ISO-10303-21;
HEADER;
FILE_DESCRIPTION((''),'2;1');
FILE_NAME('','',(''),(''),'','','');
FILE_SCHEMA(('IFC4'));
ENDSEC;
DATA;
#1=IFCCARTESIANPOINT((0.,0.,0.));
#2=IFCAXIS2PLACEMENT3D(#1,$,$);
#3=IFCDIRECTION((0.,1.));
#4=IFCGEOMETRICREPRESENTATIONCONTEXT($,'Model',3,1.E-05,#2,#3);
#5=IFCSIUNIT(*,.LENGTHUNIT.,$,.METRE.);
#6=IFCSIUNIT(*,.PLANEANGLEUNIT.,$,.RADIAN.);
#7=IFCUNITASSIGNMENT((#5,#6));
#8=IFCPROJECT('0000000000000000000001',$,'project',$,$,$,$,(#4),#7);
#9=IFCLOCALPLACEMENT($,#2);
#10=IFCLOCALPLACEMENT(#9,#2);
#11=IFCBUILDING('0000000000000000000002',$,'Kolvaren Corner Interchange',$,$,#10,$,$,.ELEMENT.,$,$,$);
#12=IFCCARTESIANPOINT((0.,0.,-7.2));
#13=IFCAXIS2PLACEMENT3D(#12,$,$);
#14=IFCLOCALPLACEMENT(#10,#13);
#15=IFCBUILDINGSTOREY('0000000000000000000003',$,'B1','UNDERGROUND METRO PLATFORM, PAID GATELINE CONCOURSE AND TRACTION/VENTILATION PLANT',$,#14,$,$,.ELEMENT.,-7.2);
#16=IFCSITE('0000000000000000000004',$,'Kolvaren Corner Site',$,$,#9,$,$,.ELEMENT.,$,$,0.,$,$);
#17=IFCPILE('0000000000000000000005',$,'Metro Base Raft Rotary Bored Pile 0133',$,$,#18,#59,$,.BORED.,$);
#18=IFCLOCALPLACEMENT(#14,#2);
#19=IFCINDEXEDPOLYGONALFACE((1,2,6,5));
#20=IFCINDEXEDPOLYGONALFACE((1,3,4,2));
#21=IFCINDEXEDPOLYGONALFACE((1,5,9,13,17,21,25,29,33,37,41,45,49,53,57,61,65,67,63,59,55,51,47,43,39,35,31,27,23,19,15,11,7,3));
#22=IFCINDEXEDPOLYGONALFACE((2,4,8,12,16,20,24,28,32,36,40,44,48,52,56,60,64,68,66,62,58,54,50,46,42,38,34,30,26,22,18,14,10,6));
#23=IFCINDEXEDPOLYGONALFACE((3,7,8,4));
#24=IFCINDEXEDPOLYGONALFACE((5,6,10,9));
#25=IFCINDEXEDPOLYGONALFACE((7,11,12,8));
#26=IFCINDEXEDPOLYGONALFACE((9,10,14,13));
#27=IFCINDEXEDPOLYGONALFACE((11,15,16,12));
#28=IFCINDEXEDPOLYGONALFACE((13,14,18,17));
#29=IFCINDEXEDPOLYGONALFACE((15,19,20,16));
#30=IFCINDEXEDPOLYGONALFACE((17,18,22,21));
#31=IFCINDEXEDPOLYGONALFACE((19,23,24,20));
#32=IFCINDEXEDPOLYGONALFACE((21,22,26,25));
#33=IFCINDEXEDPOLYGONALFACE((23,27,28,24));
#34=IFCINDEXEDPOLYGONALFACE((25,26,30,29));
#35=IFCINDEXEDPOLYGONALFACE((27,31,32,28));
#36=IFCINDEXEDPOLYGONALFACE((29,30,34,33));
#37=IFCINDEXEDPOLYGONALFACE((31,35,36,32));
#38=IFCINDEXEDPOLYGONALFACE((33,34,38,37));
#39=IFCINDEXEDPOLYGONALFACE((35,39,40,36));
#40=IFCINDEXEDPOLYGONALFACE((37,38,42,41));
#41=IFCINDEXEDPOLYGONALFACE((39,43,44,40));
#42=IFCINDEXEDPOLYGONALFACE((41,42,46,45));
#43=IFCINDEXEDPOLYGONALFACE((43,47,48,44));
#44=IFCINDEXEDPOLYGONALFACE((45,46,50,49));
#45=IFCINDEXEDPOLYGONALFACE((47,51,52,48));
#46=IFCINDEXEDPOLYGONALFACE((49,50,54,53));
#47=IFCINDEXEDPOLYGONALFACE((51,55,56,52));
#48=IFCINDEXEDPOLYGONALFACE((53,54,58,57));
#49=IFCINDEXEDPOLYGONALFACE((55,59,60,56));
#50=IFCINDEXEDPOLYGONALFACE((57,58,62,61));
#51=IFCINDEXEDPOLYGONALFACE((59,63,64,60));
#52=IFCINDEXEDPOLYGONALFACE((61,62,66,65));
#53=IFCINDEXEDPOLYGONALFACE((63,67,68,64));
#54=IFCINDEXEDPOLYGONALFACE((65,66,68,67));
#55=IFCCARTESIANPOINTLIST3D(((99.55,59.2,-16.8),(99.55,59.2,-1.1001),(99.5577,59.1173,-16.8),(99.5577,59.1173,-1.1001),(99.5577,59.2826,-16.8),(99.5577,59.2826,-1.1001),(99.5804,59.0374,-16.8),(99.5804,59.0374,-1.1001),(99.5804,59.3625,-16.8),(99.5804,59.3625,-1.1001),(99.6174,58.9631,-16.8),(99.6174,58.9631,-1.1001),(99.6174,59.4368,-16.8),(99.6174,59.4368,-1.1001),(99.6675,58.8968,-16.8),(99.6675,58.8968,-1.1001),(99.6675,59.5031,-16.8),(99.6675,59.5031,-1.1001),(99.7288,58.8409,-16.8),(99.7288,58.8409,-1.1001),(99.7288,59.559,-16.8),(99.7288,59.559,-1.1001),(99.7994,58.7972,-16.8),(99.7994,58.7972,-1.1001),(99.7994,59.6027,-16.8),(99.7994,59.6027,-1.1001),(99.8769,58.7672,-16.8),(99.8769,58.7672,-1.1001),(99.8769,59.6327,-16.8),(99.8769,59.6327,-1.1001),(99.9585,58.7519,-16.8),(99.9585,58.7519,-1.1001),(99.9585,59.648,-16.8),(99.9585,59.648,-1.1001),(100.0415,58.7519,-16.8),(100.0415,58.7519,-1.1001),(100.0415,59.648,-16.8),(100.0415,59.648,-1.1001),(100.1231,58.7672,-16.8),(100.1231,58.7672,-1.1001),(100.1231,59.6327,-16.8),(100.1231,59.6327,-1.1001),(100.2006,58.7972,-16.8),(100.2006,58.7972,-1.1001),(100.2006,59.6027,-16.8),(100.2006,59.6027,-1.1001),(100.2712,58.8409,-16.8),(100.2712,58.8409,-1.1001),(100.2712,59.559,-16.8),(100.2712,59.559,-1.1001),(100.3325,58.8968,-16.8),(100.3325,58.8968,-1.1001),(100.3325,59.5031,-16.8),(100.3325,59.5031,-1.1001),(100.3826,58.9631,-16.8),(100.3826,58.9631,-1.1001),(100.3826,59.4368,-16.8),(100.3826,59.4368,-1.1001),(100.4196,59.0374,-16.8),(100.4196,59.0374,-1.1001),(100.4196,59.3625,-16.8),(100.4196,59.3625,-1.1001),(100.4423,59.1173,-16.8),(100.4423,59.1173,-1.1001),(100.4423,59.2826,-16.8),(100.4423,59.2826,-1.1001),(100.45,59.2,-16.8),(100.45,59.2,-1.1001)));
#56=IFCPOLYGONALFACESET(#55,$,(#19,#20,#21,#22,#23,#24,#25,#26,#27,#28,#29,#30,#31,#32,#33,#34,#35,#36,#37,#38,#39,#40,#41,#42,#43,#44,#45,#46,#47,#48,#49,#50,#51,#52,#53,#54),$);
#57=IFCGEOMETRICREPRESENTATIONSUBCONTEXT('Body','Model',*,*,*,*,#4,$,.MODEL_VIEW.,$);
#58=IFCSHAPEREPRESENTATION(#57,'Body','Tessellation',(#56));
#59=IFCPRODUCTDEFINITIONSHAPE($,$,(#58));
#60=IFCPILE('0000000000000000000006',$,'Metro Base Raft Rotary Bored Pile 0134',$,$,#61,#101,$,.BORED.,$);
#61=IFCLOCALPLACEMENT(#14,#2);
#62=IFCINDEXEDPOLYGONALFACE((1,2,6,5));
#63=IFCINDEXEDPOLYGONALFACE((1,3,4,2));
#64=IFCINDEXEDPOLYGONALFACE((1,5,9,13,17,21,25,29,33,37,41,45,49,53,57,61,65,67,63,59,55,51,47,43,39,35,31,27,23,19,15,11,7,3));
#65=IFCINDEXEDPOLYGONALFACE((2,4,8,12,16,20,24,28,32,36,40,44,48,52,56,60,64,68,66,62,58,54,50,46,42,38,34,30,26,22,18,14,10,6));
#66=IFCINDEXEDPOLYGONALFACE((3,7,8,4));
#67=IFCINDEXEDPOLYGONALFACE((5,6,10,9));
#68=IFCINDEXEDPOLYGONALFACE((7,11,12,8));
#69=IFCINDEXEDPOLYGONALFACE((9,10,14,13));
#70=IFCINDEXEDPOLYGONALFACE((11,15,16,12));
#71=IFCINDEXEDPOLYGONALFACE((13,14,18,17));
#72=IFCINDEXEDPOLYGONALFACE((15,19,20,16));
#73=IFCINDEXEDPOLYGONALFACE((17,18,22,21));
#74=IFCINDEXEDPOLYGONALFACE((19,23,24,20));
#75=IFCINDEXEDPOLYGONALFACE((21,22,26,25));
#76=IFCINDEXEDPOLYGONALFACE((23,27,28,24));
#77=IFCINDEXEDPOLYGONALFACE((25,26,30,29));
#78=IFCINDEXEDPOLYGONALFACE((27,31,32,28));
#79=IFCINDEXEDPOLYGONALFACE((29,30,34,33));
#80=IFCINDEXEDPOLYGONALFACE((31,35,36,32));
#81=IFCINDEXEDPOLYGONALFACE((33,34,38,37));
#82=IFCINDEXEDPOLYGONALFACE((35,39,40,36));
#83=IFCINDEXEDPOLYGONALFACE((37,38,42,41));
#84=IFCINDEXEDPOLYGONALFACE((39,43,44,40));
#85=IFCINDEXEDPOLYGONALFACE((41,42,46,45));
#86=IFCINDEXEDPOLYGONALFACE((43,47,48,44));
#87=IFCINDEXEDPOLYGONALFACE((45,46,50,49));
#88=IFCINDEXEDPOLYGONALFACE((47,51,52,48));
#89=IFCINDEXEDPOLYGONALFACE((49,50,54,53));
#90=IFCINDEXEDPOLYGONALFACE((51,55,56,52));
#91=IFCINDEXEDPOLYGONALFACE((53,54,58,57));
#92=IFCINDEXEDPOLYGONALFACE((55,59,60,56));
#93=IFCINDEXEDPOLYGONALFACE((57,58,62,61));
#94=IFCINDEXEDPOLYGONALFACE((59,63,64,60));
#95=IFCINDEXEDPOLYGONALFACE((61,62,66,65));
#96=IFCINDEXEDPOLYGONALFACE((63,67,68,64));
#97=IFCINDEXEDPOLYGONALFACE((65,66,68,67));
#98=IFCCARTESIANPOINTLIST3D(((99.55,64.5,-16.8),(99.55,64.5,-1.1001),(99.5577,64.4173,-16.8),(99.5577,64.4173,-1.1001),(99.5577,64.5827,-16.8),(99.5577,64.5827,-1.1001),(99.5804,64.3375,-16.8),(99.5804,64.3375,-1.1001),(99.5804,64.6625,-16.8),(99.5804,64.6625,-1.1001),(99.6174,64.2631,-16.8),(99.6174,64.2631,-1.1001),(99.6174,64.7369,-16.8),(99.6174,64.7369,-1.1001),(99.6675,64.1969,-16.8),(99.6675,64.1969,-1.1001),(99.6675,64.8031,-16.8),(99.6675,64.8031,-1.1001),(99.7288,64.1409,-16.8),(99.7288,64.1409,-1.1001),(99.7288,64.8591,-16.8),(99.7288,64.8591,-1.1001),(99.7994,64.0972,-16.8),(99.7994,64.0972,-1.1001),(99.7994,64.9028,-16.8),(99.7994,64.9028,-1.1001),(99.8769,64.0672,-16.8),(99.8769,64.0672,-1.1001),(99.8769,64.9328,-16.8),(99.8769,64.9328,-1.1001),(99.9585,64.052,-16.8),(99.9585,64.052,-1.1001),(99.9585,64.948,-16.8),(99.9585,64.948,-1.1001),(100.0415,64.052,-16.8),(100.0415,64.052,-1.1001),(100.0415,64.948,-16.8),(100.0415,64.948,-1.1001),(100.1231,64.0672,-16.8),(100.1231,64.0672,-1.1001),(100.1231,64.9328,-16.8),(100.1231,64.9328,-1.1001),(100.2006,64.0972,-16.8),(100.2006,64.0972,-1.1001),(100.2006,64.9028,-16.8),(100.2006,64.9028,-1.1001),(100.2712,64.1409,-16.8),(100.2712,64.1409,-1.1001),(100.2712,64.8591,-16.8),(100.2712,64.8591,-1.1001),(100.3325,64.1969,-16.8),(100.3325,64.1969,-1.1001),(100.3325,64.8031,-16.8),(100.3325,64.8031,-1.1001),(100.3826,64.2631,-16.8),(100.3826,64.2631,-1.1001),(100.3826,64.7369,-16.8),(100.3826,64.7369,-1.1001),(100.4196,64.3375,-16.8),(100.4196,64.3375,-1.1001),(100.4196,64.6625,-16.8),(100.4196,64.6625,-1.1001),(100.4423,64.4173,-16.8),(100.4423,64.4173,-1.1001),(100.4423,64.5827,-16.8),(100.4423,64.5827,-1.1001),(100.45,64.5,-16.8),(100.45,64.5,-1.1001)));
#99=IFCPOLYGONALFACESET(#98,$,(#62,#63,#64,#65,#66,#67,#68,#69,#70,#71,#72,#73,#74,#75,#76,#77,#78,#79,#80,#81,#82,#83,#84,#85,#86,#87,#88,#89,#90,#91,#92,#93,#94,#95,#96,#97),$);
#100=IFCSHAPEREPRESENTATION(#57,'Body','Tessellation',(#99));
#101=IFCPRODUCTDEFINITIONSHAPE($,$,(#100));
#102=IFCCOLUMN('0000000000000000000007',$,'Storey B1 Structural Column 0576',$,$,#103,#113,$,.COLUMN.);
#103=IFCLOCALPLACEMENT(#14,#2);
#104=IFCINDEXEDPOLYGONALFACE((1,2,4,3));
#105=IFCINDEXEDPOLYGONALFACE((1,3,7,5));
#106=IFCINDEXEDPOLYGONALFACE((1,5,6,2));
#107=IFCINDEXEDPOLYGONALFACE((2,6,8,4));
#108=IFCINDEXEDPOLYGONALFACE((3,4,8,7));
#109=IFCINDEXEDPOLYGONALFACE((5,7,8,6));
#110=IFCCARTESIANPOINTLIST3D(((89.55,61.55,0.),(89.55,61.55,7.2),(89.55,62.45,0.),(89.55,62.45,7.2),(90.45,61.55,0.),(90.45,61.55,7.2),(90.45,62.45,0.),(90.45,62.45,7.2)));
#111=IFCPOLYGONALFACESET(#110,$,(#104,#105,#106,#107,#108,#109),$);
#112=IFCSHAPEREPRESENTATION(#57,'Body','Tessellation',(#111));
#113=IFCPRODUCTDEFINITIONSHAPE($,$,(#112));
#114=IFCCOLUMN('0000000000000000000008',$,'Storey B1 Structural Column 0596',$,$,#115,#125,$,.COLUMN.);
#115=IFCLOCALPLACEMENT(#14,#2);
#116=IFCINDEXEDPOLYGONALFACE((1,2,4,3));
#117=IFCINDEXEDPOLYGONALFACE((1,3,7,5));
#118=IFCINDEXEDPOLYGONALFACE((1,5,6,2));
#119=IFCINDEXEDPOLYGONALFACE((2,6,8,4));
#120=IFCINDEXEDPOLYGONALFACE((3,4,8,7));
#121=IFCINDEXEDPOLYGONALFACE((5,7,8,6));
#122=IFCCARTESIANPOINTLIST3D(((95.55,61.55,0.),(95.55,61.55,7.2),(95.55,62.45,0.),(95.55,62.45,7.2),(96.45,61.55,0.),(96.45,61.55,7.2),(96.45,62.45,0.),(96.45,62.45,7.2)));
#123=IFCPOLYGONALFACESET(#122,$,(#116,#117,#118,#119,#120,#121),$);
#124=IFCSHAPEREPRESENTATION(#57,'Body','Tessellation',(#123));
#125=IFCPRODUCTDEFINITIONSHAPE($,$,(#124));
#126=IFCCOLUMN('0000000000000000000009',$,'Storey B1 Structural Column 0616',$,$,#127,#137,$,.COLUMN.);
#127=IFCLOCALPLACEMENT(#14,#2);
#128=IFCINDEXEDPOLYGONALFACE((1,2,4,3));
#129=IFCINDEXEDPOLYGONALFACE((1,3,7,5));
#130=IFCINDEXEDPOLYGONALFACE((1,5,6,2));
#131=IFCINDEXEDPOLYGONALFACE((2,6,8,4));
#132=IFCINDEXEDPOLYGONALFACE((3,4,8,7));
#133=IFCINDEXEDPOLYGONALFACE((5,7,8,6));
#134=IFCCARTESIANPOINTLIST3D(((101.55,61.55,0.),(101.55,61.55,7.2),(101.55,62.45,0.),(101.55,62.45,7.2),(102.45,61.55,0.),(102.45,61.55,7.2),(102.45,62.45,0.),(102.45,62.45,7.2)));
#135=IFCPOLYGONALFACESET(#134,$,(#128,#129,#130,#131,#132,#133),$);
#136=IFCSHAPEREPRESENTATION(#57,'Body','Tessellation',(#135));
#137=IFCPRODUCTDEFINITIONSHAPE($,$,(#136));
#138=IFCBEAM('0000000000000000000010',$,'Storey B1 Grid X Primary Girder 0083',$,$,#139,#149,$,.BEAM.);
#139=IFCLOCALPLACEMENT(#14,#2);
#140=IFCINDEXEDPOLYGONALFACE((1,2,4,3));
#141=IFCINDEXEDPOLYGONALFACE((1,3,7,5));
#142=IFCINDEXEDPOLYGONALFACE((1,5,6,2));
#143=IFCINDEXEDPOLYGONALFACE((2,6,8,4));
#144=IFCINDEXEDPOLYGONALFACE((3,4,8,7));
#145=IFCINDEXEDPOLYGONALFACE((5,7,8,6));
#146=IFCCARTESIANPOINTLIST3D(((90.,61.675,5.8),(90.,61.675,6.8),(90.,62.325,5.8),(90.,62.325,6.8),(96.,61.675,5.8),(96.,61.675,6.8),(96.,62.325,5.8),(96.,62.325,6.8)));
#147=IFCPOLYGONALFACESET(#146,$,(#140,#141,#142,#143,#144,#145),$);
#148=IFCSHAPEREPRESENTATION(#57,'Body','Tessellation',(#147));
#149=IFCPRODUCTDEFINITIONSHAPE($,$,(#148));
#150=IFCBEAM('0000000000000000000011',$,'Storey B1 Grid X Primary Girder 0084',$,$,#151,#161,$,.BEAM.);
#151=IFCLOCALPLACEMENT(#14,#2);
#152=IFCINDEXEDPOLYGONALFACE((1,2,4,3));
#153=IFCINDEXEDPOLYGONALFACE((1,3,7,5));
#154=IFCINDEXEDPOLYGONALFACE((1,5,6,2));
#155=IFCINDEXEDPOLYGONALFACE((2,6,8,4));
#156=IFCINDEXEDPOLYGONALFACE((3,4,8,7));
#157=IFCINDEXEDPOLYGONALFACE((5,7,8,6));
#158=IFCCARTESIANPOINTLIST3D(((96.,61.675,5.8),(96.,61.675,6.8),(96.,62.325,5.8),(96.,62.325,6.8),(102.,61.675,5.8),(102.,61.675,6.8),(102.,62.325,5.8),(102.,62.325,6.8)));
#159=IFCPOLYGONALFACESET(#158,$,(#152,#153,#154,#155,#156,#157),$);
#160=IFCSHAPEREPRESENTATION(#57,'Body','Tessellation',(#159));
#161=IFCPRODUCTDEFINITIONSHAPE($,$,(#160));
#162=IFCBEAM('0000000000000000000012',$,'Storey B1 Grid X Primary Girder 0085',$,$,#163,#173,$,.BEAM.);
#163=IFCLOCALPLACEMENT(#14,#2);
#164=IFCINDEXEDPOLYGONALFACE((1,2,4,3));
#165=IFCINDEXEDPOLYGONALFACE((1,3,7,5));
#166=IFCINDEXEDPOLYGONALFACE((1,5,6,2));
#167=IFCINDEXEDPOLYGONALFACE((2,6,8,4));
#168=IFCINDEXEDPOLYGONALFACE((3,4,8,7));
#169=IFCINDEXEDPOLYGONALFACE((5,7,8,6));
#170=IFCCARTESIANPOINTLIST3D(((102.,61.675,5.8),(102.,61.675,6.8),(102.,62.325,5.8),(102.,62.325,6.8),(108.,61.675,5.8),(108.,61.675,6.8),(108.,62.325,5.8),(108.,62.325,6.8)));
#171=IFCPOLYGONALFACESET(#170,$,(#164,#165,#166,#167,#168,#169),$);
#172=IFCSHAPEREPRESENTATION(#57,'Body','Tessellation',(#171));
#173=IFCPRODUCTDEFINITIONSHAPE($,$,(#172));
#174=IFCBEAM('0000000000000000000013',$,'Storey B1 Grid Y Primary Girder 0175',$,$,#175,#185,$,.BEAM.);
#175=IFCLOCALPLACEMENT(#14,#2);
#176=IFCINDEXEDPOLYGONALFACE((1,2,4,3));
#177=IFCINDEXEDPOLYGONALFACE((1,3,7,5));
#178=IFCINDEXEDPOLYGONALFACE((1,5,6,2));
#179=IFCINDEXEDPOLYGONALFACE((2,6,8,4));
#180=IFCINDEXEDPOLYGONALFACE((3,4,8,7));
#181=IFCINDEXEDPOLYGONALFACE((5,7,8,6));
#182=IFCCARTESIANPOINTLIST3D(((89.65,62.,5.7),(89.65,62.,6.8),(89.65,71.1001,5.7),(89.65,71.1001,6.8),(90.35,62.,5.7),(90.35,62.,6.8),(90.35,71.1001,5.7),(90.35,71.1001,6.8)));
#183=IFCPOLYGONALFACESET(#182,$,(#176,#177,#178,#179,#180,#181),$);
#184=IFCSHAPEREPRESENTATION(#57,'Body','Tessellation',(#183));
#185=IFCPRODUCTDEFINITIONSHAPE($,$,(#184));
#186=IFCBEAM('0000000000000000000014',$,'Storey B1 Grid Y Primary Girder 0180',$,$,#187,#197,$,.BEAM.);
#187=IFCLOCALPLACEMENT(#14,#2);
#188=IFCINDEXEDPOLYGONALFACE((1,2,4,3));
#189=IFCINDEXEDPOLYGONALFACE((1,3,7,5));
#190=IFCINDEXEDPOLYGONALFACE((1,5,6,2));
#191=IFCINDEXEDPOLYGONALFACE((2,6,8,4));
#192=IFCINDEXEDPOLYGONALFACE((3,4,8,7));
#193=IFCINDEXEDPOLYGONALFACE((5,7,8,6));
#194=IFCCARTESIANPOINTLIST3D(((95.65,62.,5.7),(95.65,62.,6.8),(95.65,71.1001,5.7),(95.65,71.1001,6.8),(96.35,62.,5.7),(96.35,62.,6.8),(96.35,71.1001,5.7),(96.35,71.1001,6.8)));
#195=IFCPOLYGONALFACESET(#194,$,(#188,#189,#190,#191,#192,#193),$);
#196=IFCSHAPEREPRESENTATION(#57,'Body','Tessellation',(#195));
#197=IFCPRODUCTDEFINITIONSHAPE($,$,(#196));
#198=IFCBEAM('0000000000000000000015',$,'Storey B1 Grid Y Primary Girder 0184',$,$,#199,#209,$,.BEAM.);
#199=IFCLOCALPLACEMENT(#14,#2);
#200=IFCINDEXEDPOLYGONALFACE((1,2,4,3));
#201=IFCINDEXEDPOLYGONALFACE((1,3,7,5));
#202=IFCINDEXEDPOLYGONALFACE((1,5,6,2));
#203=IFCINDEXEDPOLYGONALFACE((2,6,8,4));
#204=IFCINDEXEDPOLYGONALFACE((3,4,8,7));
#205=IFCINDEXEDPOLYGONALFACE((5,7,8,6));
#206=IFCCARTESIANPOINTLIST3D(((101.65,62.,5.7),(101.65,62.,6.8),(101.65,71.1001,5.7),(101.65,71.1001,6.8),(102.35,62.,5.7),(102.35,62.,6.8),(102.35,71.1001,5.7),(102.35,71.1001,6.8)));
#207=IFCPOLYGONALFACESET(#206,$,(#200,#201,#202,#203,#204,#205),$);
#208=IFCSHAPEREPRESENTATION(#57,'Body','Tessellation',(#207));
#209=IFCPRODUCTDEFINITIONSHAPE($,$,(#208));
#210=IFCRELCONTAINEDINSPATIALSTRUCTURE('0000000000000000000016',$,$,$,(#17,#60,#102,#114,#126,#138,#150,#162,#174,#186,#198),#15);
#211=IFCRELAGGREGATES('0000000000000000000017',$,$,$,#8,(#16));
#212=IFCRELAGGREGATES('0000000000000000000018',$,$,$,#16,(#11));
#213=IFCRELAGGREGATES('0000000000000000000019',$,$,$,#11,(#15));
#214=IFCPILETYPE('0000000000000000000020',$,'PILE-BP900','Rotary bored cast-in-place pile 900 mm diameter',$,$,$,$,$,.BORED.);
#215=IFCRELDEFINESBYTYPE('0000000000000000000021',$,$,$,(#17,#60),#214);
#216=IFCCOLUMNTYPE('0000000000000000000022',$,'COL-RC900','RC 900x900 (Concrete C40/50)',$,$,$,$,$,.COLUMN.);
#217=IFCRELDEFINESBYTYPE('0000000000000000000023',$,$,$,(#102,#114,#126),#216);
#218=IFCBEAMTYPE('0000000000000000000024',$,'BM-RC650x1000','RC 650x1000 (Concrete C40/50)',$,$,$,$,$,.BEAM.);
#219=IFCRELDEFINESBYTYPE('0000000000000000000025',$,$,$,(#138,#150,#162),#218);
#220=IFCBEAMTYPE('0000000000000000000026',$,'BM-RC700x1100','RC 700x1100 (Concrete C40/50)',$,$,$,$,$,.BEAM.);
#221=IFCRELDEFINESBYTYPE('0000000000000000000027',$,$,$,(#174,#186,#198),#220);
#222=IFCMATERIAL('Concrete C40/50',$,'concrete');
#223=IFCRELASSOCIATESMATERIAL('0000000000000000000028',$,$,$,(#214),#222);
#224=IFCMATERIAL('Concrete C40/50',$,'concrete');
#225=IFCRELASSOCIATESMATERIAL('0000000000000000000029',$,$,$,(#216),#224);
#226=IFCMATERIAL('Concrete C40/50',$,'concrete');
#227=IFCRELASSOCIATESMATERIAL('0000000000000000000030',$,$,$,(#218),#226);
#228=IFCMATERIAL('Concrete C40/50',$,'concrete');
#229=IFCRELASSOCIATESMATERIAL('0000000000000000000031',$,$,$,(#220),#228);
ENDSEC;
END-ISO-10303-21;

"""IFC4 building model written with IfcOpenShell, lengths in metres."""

from ifc_helpers import new_model, si_unit, direction, frame, origin, origin_2d, place, context, subcontext, project, spatial, rectangle, circle, extrude, material, material_profile, profile_set, type_object, element, save


model = new_model("IFC4")

# Units and contexts
model_context = context("Model", 3, precision=1e-05, world=origin(), true_north=direction((0.0, 1.0)))
body_context = subcontext(model_context, "Body", "Model", "MODEL_VIEW")
ifc_project = project(units=[si_unit("LENGTHUNIT", "METRE"), si_unit("PLANEANGLEUNIT", "RADIAN")], contexts=[model_context])

# Site, building, storey
site_placement = place(None, origin())
site = spatial("IfcSite", under=ifc_project, at=site_placement, Name="Kolvaren Corner Site", CompositionType="ELEMENT", RefElevation=0.0)
building_placement = place(site_placement, origin())
building = spatial("IfcBuilding", under=site, at=building_placement, Name="Kolvaren Corner Interchange", CompositionType="ELEMENT")
storey_placement = place(building_placement, frame((0.0, 0.0, -7.2)))
storey = spatial("IfcBuildingStorey", under=building, at=storey_placement, Name="B1", Description="UNDERGROUND METRO PLATFORM, PAID GATELINE CONCOURSE AND TRACTION/VENTILATION PLANT", CompositionType="ELEMENT", Elevation=-7.2)

# Piles
ifc_material_1 = material(Name="Concrete C40/50", Category="concrete")
ifc_material_profile_1 = material_profile(ifc_material_1, circle(Radius=0.45, at=origin_2d()), Name="BORED PILE 900")
ifc_profile_set_1 = profile_set([ifc_material_profile_1], Name="Concrete C40/50")
pile_type = type_object("IfcPileType", Name="PILE-BP900", Description="Rotary bored cast-in-place pile 900 mm diameter", PredefinedType="BORED", material=ifc_profile_set_1)
for number, where, z_axis, x_axis, name in (
    (1, (100.0, 59.2, -1.1001), (0.0, 0.0, -1.0), (1.0, 0.0, 0.0), "Metro Base Raft Rotary Bored Pile 0133"),
    (2, (100.0, 64.5, -1.1001), (0.0, 0.0, -1.0), (1.0, 0.0, 0.0), "Metro Base Raft Rotary Bored Pile 0134"),
):
    element("IfcPile", number, at=place(storey_placement, frame(where, z_axis=z_axis, x_axis=x_axis)), inside=storey, type_object=pile_type, Name=name, PredefinedType="BORED", context=body_context, shape_type="SweptSolid", body=[
        extrude(circle(Radius=0.45, at=origin_2d()), origin(), (0.0, 0.0, 1.0), 15.7),
    ])

# Columns
ifc_material_2 = material(Name="Concrete C40/50", Category="concrete")
ifc_material_profile_2 = material_profile(ifc_material_2, rectangle(XDim=0.8999, YDim=0.8999, at=origin_2d()), Name="RC 900x900")
ifc_profile_set_2 = profile_set([ifc_material_profile_2], Name="Concrete C40/50")
column_type = type_object("IfcColumnType", Name="COL-RC900", Description="RC 900x900 (Concrete C40/50)", PredefinedType="COLUMN", material=ifc_profile_set_2)
for number, where, z_axis, x_axis, name in (
    (3, (90.0, 62.0, 0.0), (0.0, 0.0, 1.0), (1.0, 0.0, 0.0), "Storey B1 Structural Column 0576"),
    (4, (96.0, 62.0, 0.0), (0.0, 0.0, 1.0), (1.0, 0.0, 0.0), "Storey B1 Structural Column 0596"),
    (5, (102.0, 62.0, 0.0), (0.0, 0.0, 1.0), (1.0, 0.0, 0.0), "Storey B1 Structural Column 0616"),
):
    element("IfcColumn", number, at=place(storey_placement, frame(where, z_axis=z_axis, x_axis=x_axis)), inside=storey, type_object=column_type, Name=name, PredefinedType="COLUMN", context=body_context, shape_type="SweptSolid", body=[
        extrude(rectangle(XDim=0.8999, YDim=0.8999, at=origin_2d()), origin(), (0.0, 0.0, 1.0), 7.2),
    ])

# Beams
ifc_material_3 = material(Name="Concrete C40/50", Category="concrete")
ifc_material_profile_3 = material_profile(ifc_material_3, rectangle(XDim=0.6499, YDim=1.0, at=origin_2d()), Name="RC 650x1000")
ifc_profile_set_3 = profile_set([ifc_material_profile_3], Name="Concrete C40/50")
beam_type_1 = type_object("IfcBeamType", Name="BM-RC650x1000", Description="RC 650x1000 (Concrete C40/50)", PredefinedType="BEAM", material=ifc_profile_set_3)
for number, where, z_axis, x_axis, name in (
    (6, (90.0, 62.0, 6.3), (1.0, 0.0, 0.0), (0.0, 1.0, 0.0), "Storey B1 Grid X Primary Girder 0083"),
    (7, (96.0, 62.0, 6.3), (1.0, 0.0, 0.0), (0.0, 1.0, 0.0), "Storey B1 Grid X Primary Girder 0084"),
    (8, (102.0, 62.0, 6.3), (1.0, 0.0, 0.0), (0.0, 1.0, 0.0), "Storey B1 Grid X Primary Girder 0085"),
):
    element("IfcBeam", number, at=place(storey_placement, frame(where, z_axis=z_axis, x_axis=x_axis)), inside=storey, type_object=beam_type_1, Name=name, PredefinedType="BEAM", context=body_context, shape_type="SweptSolid", body=[
        extrude(rectangle(XDim=0.6499, YDim=1.0, at=origin_2d()), origin(), (0.0, 0.0, 1.0), 6.0),
    ])
ifc_material_4 = material(Name="Concrete C40/50", Category="concrete")
ifc_material_profile_4 = material_profile(ifc_material_4, rectangle(XDim=0.7, YDim=1.1001, at=origin_2d()), Name="RC 700x1100")
ifc_profile_set_4 = profile_set([ifc_material_profile_4], Name="Concrete C40/50")
beam_type_2 = type_object("IfcBeamType", Name="BM-RC700x1100", Description="RC 700x1100 (Concrete C40/50)", PredefinedType="BEAM", material=ifc_profile_set_4)
for number, where, z_axis, x_axis, name in (
    (9, (90.0, 62.0, 6.25), (0.0, 1.0, 0.0), (-1.0, 0.0, 0.0), "Storey B1 Grid Y Primary Girder 0175"),
    (10, (96.0, 62.0, 6.25), (0.0, 1.0, 0.0), (-1.0, 0.0, 0.0), "Storey B1 Grid Y Primary Girder 0180"),
    (11, (102.0, 62.0, 6.25), (0.0, 1.0, 0.0), (-1.0, 0.0, 0.0), "Storey B1 Grid Y Primary Girder 0184"),
):
    element("IfcBeam", number, at=place(storey_placement, frame(where, z_axis=z_axis, x_axis=x_axis)), inside=storey, type_object=beam_type_2, Name=name, PredefinedType="BEAM", context=body_context, shape_type="SweptSolid", body=[
        extrude(rectangle(XDim=0.7, YDim=1.1001, at=origin_2d()), origin(), (0.0, 0.0, 1.0), 9.1001),
    ])

save(model, "model.ifc")
